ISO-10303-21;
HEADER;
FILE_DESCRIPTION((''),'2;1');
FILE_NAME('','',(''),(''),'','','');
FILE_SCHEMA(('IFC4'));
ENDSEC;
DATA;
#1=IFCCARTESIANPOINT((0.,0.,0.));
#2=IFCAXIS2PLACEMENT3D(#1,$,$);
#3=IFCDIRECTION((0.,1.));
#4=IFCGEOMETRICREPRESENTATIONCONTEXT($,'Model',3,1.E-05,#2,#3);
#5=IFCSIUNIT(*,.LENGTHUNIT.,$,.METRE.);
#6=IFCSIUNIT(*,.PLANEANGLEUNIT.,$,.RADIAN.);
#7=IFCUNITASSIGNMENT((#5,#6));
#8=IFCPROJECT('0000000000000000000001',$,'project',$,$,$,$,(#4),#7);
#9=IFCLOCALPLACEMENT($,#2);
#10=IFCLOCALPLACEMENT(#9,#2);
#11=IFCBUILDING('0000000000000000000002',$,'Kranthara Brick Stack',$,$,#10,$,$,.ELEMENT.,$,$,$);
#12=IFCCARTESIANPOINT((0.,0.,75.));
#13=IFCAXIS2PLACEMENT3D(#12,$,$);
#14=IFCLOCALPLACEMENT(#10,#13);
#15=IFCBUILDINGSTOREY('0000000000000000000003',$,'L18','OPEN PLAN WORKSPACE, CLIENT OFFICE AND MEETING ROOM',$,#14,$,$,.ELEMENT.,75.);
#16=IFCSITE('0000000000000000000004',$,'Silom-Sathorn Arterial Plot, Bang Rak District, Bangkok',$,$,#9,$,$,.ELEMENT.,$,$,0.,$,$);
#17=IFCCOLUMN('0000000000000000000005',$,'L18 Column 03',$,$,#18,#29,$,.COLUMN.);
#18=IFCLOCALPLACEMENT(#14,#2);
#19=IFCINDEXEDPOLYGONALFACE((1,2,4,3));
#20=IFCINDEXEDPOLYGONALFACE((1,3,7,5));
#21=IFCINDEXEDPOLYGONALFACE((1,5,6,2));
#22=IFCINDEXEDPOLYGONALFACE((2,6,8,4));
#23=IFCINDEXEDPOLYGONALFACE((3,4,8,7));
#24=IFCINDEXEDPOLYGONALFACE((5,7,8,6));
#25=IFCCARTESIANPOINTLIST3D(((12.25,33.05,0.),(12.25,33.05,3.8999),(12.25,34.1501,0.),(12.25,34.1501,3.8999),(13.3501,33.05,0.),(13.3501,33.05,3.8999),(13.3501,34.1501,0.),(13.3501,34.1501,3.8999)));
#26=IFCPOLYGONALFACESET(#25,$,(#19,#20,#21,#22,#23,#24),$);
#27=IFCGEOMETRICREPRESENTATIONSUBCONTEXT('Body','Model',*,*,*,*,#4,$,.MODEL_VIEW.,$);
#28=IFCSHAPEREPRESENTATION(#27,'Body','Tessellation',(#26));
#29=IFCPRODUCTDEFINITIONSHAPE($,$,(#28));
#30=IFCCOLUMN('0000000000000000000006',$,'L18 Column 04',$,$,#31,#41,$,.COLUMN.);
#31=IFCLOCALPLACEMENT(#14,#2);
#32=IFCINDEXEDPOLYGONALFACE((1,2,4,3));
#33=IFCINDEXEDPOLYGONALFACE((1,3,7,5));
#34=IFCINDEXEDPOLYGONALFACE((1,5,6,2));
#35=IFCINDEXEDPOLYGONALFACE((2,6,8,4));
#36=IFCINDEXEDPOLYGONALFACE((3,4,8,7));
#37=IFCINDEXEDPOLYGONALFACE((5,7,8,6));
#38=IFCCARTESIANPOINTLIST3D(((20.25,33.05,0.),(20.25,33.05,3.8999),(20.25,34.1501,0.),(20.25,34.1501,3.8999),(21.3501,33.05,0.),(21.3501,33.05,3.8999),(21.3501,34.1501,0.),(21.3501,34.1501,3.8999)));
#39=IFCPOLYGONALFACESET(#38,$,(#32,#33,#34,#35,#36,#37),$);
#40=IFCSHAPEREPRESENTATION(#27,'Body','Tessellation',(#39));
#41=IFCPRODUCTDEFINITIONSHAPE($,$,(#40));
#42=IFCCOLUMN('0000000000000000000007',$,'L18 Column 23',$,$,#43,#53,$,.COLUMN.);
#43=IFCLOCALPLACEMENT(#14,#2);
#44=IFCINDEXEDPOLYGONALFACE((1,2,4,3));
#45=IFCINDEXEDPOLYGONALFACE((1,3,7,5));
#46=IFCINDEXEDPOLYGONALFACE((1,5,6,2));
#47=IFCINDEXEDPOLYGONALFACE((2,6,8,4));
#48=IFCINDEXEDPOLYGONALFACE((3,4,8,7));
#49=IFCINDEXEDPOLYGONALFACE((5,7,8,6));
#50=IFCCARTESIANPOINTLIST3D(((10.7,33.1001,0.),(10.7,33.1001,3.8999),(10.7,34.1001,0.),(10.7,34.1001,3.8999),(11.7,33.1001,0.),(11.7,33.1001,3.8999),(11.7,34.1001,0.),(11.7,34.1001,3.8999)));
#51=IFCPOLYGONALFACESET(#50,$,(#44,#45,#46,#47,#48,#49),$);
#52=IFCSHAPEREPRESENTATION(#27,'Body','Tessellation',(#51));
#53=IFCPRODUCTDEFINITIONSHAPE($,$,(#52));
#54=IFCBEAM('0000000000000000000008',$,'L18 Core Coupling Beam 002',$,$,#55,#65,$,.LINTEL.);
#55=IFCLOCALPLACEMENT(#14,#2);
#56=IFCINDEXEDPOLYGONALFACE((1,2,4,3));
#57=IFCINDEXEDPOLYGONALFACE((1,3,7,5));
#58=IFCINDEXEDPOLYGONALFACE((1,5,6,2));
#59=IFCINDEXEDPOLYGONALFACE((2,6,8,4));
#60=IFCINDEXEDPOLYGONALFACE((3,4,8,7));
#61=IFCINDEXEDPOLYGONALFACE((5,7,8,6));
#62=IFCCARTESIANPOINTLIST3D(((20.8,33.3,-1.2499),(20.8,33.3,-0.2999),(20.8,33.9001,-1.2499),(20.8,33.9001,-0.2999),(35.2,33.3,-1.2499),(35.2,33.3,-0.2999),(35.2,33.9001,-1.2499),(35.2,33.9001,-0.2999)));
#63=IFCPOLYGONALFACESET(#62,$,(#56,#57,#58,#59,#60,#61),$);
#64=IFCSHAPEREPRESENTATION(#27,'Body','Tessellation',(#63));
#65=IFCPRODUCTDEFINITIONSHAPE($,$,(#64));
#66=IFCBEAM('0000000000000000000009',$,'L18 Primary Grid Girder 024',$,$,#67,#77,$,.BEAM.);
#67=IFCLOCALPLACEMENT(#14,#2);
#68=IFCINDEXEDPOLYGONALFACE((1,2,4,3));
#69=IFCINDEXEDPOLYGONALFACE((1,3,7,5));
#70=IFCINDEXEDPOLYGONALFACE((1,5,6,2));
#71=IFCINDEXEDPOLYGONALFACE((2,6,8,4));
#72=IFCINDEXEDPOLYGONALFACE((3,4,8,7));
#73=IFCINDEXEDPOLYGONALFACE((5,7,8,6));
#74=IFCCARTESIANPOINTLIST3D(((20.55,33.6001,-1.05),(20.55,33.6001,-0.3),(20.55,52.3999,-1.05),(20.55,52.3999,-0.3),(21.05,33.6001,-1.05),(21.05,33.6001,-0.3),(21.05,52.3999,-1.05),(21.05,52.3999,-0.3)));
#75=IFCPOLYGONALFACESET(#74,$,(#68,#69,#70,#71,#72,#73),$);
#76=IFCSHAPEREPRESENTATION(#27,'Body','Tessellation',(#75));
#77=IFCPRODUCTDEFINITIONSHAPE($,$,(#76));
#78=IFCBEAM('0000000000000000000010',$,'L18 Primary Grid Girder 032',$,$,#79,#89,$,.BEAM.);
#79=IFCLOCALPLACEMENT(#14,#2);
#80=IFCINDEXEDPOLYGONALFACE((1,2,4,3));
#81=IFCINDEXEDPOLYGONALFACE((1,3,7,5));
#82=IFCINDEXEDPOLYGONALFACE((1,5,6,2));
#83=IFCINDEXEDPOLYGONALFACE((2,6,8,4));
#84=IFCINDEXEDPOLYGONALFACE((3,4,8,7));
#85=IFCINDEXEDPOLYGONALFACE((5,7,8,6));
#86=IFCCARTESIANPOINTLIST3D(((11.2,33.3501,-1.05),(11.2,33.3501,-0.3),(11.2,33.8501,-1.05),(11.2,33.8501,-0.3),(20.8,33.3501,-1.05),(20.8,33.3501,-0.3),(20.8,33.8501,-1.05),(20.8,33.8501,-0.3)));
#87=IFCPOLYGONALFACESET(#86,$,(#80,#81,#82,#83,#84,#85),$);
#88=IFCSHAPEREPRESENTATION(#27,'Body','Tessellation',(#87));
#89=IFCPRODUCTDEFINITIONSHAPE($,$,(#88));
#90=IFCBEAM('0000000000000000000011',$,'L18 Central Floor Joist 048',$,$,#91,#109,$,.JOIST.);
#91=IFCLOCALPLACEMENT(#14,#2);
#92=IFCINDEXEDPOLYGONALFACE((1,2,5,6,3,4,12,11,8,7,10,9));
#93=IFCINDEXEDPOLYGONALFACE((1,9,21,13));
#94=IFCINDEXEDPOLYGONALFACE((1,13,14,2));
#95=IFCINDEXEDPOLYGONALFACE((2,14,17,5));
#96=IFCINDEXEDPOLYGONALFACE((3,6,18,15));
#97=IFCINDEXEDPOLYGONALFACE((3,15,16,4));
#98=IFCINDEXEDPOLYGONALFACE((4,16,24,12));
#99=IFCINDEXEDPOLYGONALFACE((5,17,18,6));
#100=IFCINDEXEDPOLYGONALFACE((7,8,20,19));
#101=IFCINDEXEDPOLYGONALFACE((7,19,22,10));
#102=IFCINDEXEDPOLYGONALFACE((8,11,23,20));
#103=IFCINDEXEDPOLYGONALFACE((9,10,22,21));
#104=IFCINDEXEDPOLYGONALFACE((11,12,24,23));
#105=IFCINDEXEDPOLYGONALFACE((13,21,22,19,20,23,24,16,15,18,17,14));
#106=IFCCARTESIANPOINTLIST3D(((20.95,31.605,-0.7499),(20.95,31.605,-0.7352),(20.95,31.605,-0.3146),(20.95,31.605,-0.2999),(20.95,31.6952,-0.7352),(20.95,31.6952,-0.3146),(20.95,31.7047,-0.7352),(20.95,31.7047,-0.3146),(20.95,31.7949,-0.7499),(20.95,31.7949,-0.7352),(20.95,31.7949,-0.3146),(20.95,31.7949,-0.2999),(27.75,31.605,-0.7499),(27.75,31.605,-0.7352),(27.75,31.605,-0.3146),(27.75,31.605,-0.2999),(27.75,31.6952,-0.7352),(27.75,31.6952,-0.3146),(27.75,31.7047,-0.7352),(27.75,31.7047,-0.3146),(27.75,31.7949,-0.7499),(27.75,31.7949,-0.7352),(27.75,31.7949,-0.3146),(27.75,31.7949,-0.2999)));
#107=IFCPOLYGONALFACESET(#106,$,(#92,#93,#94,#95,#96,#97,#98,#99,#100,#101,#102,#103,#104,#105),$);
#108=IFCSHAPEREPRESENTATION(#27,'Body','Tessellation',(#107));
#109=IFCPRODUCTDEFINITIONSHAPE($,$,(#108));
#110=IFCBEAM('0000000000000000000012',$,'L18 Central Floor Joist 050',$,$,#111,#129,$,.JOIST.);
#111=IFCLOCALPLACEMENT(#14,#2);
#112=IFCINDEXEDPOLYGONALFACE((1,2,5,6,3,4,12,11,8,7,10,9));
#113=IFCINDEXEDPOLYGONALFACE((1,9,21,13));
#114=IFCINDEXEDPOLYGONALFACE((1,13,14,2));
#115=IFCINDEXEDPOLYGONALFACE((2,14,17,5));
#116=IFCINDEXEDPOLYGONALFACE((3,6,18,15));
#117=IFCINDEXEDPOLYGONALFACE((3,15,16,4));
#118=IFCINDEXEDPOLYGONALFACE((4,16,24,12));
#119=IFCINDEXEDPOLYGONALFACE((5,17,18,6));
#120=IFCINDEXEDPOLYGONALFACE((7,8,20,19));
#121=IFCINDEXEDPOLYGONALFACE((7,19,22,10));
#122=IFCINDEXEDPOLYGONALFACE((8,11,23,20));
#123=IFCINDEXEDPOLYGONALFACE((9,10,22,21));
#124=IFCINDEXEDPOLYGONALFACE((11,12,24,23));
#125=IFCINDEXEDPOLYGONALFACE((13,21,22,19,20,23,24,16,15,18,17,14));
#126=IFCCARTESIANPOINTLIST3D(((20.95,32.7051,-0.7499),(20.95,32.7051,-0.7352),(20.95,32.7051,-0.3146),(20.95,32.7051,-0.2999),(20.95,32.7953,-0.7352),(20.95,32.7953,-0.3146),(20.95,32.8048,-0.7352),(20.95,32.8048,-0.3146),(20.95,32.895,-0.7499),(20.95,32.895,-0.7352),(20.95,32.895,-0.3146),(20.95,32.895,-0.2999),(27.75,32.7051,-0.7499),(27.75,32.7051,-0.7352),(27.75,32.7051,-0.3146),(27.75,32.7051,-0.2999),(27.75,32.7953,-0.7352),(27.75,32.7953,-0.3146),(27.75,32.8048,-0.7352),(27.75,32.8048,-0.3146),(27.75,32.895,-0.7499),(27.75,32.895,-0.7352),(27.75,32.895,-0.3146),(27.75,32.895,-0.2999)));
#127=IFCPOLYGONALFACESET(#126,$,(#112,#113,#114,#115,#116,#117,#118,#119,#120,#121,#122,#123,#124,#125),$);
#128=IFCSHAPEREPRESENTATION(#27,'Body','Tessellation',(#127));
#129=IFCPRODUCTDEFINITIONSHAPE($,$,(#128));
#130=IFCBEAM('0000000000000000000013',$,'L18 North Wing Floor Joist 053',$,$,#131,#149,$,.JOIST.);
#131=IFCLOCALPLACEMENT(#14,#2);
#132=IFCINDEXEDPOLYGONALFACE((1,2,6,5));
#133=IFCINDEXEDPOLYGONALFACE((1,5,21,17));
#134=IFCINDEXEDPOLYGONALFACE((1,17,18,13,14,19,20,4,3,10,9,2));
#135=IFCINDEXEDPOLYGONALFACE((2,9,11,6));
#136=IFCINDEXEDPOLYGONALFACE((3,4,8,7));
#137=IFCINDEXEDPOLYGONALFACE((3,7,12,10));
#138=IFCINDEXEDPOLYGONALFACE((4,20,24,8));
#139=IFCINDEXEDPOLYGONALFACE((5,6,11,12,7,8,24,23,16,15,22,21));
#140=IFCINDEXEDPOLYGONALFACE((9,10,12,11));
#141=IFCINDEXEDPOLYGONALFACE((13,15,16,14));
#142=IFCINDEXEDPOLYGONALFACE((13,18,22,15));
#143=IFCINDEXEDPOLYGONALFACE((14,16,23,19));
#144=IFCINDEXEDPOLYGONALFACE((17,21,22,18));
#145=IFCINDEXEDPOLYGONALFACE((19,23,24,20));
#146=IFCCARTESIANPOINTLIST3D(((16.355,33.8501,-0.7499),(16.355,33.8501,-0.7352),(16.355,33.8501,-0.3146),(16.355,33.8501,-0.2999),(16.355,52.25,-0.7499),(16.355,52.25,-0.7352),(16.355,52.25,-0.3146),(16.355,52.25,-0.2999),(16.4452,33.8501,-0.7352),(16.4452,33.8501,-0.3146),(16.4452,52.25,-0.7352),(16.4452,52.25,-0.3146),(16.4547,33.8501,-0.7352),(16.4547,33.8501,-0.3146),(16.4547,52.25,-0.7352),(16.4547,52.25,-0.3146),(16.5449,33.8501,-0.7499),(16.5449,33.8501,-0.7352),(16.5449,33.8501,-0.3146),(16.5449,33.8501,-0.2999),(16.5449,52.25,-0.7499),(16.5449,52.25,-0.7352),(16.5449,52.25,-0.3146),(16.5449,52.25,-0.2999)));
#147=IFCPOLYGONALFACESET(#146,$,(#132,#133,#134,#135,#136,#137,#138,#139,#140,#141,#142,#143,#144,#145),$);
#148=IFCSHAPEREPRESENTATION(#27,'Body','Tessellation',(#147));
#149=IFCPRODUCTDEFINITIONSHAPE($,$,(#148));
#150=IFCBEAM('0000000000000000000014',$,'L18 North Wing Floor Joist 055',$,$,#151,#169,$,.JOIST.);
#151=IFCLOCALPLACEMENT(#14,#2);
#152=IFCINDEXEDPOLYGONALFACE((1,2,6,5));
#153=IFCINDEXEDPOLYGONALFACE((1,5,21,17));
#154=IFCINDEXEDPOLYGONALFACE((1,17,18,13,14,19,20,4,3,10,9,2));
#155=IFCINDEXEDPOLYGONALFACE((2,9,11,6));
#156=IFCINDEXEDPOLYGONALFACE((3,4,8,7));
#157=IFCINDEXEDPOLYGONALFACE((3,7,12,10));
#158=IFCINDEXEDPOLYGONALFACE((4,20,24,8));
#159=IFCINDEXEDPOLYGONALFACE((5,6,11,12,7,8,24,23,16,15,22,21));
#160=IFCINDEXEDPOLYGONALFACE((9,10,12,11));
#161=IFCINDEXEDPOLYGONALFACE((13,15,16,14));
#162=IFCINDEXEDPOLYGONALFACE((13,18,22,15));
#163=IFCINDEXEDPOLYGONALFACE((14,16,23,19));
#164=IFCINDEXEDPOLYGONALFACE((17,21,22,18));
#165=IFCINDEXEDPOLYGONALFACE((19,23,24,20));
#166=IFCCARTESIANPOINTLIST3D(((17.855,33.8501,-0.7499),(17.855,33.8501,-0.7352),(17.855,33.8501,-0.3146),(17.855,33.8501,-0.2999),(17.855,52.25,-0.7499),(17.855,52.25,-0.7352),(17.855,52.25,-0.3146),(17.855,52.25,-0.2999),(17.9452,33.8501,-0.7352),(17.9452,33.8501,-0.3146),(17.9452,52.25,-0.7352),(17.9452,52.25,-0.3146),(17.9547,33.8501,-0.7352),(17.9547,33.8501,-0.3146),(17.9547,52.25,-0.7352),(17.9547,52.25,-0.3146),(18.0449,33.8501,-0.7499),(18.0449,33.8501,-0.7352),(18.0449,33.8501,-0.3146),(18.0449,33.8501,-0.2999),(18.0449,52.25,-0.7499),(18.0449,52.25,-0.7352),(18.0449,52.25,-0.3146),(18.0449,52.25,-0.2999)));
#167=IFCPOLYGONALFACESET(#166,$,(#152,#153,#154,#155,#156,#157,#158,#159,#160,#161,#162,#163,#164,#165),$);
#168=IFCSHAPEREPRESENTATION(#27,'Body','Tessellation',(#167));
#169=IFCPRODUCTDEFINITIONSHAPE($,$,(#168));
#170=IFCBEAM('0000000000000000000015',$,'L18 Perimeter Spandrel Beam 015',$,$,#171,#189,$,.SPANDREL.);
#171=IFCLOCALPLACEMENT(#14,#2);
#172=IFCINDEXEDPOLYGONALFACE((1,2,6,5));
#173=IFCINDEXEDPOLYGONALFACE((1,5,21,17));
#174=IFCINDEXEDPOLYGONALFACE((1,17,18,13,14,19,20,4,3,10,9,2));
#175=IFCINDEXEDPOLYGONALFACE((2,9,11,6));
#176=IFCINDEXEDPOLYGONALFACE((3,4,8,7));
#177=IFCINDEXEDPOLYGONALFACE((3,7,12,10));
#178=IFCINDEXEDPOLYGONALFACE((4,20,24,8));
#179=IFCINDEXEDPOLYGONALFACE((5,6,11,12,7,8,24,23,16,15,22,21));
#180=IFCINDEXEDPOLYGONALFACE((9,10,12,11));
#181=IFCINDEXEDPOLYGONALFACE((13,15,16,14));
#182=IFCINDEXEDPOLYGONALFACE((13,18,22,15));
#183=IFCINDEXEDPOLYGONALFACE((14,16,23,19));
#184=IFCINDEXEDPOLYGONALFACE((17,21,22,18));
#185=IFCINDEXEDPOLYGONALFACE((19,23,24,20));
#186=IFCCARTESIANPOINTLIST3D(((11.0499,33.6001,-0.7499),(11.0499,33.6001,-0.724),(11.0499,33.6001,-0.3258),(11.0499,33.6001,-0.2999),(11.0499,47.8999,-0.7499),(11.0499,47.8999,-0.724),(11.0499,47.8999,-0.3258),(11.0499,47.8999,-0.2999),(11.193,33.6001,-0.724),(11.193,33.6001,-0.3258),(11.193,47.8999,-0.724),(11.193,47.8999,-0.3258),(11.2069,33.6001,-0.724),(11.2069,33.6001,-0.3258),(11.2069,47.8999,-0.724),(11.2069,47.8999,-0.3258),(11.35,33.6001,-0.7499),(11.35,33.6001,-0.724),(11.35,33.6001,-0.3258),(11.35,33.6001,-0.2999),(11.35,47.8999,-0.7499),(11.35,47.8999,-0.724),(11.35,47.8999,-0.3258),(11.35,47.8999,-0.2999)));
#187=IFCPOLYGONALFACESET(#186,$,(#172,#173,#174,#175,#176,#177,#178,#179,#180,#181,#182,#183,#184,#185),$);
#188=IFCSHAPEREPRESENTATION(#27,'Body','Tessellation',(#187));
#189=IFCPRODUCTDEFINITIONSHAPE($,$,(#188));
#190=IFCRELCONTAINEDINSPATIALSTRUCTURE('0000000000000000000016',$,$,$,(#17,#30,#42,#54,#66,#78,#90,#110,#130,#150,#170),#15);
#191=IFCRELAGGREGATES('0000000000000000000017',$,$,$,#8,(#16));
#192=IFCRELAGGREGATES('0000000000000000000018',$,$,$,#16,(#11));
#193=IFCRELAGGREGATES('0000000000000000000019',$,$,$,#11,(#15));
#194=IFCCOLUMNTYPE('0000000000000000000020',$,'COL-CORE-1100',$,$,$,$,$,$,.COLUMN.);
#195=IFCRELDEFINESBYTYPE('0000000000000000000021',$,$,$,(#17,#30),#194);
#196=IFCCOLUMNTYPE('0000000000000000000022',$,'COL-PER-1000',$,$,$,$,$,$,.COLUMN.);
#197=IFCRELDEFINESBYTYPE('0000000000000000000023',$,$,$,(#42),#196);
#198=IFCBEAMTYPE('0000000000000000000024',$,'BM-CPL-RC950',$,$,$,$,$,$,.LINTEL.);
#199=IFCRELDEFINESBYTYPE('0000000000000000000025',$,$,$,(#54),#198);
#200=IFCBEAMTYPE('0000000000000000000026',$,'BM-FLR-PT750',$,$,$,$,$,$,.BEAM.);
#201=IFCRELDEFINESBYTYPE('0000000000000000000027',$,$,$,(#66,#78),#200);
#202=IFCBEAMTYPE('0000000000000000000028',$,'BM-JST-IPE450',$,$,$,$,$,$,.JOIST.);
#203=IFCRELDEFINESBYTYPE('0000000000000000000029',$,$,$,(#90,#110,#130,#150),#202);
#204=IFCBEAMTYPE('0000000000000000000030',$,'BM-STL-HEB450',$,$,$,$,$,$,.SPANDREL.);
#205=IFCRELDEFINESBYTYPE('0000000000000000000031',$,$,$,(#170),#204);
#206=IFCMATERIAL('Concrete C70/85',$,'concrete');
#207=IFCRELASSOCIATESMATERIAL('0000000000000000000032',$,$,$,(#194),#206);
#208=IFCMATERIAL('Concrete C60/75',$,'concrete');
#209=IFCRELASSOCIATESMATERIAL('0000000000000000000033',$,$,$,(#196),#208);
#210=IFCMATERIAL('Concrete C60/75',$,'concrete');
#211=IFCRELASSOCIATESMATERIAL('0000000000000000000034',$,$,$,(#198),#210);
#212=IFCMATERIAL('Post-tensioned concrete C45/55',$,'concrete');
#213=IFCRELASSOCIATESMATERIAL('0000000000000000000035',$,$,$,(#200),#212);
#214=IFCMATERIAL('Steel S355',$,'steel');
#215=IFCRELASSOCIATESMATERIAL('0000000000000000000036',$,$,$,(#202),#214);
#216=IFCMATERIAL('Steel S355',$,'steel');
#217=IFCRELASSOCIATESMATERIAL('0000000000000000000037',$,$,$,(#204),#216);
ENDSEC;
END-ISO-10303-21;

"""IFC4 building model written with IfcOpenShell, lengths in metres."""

from ifc_helpers import new_model, si_unit, direction, frame, origin, origin_2d, place, context, subcontext, project, spatial, rectangle, i_section, extrude, material, material_profile, profile_set, type_object, element, save


model = new_model("IFC4")

# Units and contexts
model_context = context("Model", 3, precision=1e-05, world=origin(), true_north=direction((0.0, 1.0)))
body_context = subcontext(model_context, "Body", "Model", "MODEL_VIEW")
ifc_project = project(units=[si_unit("LENGTHUNIT", "METRE"), si_unit("PLANEANGLEUNIT", "RADIAN")], contexts=[model_context])

# Site, building, storey
site_placement = place(None, origin())
site = spatial("IfcSite", under=ifc_project, at=site_placement, Name="Silom-Sathorn Arterial Plot, Bang Rak District, Bangkok", CompositionType="ELEMENT", RefElevation=0.0)
building_placement = place(site_placement, origin())
building = spatial("IfcBuilding", under=site, at=building_placement, Name="Kranthara Brick Stack", CompositionType="ELEMENT")
storey_placement = place(building_placement, frame((0.0, 0.0, 75.0)))
storey = spatial("IfcBuildingStorey", under=building, at=storey_placement, Name="L18", Description="OPEN PLAN WORKSPACE, CLIENT OFFICE AND MEETING ROOM", CompositionType="ELEMENT", Elevation=75.0)

# Columns
ifc_material_1 = material(Name="Concrete C70/85", Category="concrete")
ifc_material_profile_1 = material_profile(ifc_material_1, rectangle(XDim=1.1001, YDim=1.1001, at=origin_2d()), Name="RC 1100x1100")
ifc_profile_set_1 = profile_set([ifc_material_profile_1], Name="Concrete C70/85")
column_type_1 = type_object("IfcColumnType", Name="COL-CORE-1100", PredefinedType="COLUMN", material=ifc_profile_set_1)
for number, where, z_axis, x_axis, name in (
    (1, (12.8, 33.6001, 0.0), (0.0, 0.0, 1.0), (1.0, 0.0, 0.0), "L18 Column 03"),
    (2, (20.8, 33.6001, 0.0), (0.0, 0.0, 1.0), (1.0, 0.0, 0.0), "L18 Column 04"),
):
    element("IfcColumn", number, at=place(storey_placement, frame(where, z_axis=z_axis, x_axis=x_axis)), inside=storey, type_object=column_type_1, Name=name, PredefinedType="COLUMN", context=body_context, shape_type="SweptSolid", body=[
        extrude(rectangle(XDim=1.1001, YDim=1.1001, at=origin_2d()), origin(), (0.0, 0.0, 1.0), 3.8999),
    ])
ifc_material_2 = material(Name="Concrete C60/75", Category="concrete")
ifc_material_profile_2 = material_profile(ifc_material_2, rectangle(XDim=1.0, YDim=1.0, at=origin_2d()), Name="RC 1000x1000")
ifc_profile_set_2 = profile_set([ifc_material_profile_2], Name="Concrete C60/75")
column_type_2 = type_object("IfcColumnType", Name="COL-PER-1000", PredefinedType="COLUMN", material=ifc_profile_set_2)
column_placement = place(storey_placement, frame((11.2, 33.6001, 0.0), z_axis=(0.0, 0.0, 1.0), x_axis=(1.0, 0.0, 0.0)))
element("IfcColumn", 3, at=column_placement, inside=storey, type_object=column_type_2, Name="L18 Column 23", PredefinedType="COLUMN", context=body_context, shape_type="SweptSolid", body=[
    extrude(rectangle(XDim=1.0, YDim=1.0, at=origin_2d()), origin(), (0.0, 0.0, 1.0), 3.8999),
])

# Beams
ifc_material_3 = material(Name="Concrete C60/75", Category="concrete")
ifc_material_profile_3 = material_profile(ifc_material_3, rectangle(XDim=0.6001, YDim=0.95, at=origin_2d()), Name="RC 600x950")
ifc_profile_set_3 = profile_set([ifc_material_profile_3], Name="Concrete C60/75")
beam_type_1 = type_object("IfcBeamType", Name="BM-CPL-RC950", PredefinedType="LINTEL", material=ifc_profile_set_3)
beam_1_placement = place(storey_placement, frame((20.8, 33.6001, -0.7749), z_axis=(1.0, 0.0, 0.0), x_axis=(0.0, 1.0, 0.0)))
element("IfcBeam", 4, at=beam_1_placement, inside=storey, type_object=beam_type_1, Name="L18 Core Coupling Beam 002", PredefinedType="LINTEL", context=body_context, shape_type="SweptSolid", body=[
    extrude(rectangle(XDim=0.6001, YDim=0.95, at=origin_2d()), origin(), (0.0, 0.0, 1.0), 14.3999),
])
ifc_material_4 = material(Name="Post-tensioned concrete C45/55", Category="concrete")
ifc_material_profile_4 = material_profile(ifc_material_4, rectangle(XDim=0.5, YDim=0.75, at=origin_2d()), Name="PT 500x750")
ifc_profile_set_4 = profile_set([ifc_material_profile_4], Name="Post-tensioned concrete C45/55")
beam_type_2 = type_object("IfcBeamType", Name="BM-FLR-PT750", PredefinedType="BEAM", material=ifc_profile_set_4)
beam_2_placement = place(storey_placement, frame((20.8, 33.6001, -0.675), z_axis=(0.0, 1.0, 0.0), x_axis=(-1.0, 0.0, 0.0)))
element("IfcBeam", 5, at=beam_2_placement, inside=storey, type_object=beam_type_2, Name="L18 Primary Grid Girder 024", PredefinedType="BEAM", context=body_context, shape_type="SweptSolid", body=[
    extrude(rectangle(XDim=0.5, YDim=0.75, at=origin_2d()), origin(), (0.0, 0.0, 1.0), 18.7998),
])
beam_3_placement = place(storey_placement, frame((11.2, 33.6001, -0.675), z_axis=(1.0, 0.0, 0.0), x_axis=(0.0, 1.0, 0.0)))
element("IfcBeam", 6, at=beam_3_placement, inside=storey, type_object=beam_type_2, Name="L18 Primary Grid Girder 032", PredefinedType="BEAM", context=body_context, shape_type="SweptSolid", body=[
    extrude(rectangle(XDim=0.5, YDim=0.75, at=origin_2d()), origin(), (0.0, 0.0, 1.0), 9.6001),
])
ifc_material_5 = material(Name="Steel S355", Category="steel")
ifc_material_profile_5 = material_profile(ifc_material_5, i_section(OverallWidth=0.1899, OverallDepth=0.45, WebThickness=0.0095, FlangeThickness=0.0146, at=origin_2d()), Name="IPE 450")
ifc_profile_set_5 = profile_set([ifc_material_profile_5], Name="Steel S355")
beam_type_3 = type_object("IfcBeamType", Name="BM-JST-IPE450", PredefinedType="JOIST", material=ifc_profile_set_5)
for number, where, z_axis, x_axis, name in (
    (7, (20.95, 31.7, -0.5249), (1.0, 0.0, 0.0), (0.0, 1.0, 0.0), "L18 Central Floor Joist 048"),
    (8, (20.95, 32.8, -0.5249), (1.0, 0.0, 0.0), (0.0, 1.0, 0.0), "L18 Central Floor Joist 050"),
):
    element("IfcBeam", number, at=place(storey_placement, frame(where, z_axis=z_axis, x_axis=x_axis)), inside=storey, type_object=beam_type_3, Name=name, PredefinedType="JOIST", context=body_context, shape_type="SweptSolid", body=[
        extrude(i_section(OverallWidth=0.1899, OverallDepth=0.45, WebThickness=0.0095, FlangeThickness=0.0146, at=origin_2d()), origin(), (0.0, 0.0, 1.0), 6.8),
    ])
for number, where, z_axis, x_axis, name in (
    (9, (16.45, 33.8501, -0.5249), (0.0, 1.0, 0.0), (-1.0, 0.0, 0.0), "L18 North Wing Floor Joist 053"),
    (10, (17.95, 33.8501, -0.5249), (0.0, 1.0, 0.0), (-1.0, 0.0, 0.0), "L18 North Wing Floor Joist 055"),
):
    element("IfcBeam", number, at=place(storey_placement, frame(where, z_axis=z_axis, x_axis=x_axis)), inside=storey, type_object=beam_type_3, Name=name, PredefinedType="JOIST", context=body_context, shape_type="SweptSolid", body=[
        extrude(i_section(OverallWidth=0.1899, OverallDepth=0.45, WebThickness=0.0095, FlangeThickness=0.0146, at=origin_2d()), origin(), (0.0, 0.0, 1.0), 18.3999),
    ])
ifc_material_6 = material(Name="Steel S355", Category="steel")
ifc_material_profile_6 = material_profile(ifc_material_6, i_section(OverallWidth=0.3, OverallDepth=0.45, WebThickness=0.0139, FlangeThickness=0.0259, at=origin_2d()), Name="HEB 450")
ifc_profile_set_6 = profile_set([ifc_material_profile_6], Name="Steel S355")
beam_type_4 = type_object("IfcBeamType", Name="BM-STL-HEB450", PredefinedType="SPANDREL", material=ifc_profile_set_6)
beam_4_placement = place(storey_placement, frame((11.2, 33.6001, -0.5249), z_axis=(0.0, 1.0, 0.0), x_axis=(-1.0, 0.0, 0.0)))
element("IfcBeam", 11, at=beam_4_placement, inside=storey, type_object=beam_type_4, Name="L18 Perimeter Spandrel Beam 015", PredefinedType="SPANDREL", context=body_context, shape_type="SweptSolid", body=[
    extrude(i_section(OverallWidth=0.3, OverallDepth=0.45, WebThickness=0.0139, FlangeThickness=0.0259, at=origin_2d()), origin(), (0.0, 0.0, 1.0), 14.2998),
])

save(model, "model.ifc")
